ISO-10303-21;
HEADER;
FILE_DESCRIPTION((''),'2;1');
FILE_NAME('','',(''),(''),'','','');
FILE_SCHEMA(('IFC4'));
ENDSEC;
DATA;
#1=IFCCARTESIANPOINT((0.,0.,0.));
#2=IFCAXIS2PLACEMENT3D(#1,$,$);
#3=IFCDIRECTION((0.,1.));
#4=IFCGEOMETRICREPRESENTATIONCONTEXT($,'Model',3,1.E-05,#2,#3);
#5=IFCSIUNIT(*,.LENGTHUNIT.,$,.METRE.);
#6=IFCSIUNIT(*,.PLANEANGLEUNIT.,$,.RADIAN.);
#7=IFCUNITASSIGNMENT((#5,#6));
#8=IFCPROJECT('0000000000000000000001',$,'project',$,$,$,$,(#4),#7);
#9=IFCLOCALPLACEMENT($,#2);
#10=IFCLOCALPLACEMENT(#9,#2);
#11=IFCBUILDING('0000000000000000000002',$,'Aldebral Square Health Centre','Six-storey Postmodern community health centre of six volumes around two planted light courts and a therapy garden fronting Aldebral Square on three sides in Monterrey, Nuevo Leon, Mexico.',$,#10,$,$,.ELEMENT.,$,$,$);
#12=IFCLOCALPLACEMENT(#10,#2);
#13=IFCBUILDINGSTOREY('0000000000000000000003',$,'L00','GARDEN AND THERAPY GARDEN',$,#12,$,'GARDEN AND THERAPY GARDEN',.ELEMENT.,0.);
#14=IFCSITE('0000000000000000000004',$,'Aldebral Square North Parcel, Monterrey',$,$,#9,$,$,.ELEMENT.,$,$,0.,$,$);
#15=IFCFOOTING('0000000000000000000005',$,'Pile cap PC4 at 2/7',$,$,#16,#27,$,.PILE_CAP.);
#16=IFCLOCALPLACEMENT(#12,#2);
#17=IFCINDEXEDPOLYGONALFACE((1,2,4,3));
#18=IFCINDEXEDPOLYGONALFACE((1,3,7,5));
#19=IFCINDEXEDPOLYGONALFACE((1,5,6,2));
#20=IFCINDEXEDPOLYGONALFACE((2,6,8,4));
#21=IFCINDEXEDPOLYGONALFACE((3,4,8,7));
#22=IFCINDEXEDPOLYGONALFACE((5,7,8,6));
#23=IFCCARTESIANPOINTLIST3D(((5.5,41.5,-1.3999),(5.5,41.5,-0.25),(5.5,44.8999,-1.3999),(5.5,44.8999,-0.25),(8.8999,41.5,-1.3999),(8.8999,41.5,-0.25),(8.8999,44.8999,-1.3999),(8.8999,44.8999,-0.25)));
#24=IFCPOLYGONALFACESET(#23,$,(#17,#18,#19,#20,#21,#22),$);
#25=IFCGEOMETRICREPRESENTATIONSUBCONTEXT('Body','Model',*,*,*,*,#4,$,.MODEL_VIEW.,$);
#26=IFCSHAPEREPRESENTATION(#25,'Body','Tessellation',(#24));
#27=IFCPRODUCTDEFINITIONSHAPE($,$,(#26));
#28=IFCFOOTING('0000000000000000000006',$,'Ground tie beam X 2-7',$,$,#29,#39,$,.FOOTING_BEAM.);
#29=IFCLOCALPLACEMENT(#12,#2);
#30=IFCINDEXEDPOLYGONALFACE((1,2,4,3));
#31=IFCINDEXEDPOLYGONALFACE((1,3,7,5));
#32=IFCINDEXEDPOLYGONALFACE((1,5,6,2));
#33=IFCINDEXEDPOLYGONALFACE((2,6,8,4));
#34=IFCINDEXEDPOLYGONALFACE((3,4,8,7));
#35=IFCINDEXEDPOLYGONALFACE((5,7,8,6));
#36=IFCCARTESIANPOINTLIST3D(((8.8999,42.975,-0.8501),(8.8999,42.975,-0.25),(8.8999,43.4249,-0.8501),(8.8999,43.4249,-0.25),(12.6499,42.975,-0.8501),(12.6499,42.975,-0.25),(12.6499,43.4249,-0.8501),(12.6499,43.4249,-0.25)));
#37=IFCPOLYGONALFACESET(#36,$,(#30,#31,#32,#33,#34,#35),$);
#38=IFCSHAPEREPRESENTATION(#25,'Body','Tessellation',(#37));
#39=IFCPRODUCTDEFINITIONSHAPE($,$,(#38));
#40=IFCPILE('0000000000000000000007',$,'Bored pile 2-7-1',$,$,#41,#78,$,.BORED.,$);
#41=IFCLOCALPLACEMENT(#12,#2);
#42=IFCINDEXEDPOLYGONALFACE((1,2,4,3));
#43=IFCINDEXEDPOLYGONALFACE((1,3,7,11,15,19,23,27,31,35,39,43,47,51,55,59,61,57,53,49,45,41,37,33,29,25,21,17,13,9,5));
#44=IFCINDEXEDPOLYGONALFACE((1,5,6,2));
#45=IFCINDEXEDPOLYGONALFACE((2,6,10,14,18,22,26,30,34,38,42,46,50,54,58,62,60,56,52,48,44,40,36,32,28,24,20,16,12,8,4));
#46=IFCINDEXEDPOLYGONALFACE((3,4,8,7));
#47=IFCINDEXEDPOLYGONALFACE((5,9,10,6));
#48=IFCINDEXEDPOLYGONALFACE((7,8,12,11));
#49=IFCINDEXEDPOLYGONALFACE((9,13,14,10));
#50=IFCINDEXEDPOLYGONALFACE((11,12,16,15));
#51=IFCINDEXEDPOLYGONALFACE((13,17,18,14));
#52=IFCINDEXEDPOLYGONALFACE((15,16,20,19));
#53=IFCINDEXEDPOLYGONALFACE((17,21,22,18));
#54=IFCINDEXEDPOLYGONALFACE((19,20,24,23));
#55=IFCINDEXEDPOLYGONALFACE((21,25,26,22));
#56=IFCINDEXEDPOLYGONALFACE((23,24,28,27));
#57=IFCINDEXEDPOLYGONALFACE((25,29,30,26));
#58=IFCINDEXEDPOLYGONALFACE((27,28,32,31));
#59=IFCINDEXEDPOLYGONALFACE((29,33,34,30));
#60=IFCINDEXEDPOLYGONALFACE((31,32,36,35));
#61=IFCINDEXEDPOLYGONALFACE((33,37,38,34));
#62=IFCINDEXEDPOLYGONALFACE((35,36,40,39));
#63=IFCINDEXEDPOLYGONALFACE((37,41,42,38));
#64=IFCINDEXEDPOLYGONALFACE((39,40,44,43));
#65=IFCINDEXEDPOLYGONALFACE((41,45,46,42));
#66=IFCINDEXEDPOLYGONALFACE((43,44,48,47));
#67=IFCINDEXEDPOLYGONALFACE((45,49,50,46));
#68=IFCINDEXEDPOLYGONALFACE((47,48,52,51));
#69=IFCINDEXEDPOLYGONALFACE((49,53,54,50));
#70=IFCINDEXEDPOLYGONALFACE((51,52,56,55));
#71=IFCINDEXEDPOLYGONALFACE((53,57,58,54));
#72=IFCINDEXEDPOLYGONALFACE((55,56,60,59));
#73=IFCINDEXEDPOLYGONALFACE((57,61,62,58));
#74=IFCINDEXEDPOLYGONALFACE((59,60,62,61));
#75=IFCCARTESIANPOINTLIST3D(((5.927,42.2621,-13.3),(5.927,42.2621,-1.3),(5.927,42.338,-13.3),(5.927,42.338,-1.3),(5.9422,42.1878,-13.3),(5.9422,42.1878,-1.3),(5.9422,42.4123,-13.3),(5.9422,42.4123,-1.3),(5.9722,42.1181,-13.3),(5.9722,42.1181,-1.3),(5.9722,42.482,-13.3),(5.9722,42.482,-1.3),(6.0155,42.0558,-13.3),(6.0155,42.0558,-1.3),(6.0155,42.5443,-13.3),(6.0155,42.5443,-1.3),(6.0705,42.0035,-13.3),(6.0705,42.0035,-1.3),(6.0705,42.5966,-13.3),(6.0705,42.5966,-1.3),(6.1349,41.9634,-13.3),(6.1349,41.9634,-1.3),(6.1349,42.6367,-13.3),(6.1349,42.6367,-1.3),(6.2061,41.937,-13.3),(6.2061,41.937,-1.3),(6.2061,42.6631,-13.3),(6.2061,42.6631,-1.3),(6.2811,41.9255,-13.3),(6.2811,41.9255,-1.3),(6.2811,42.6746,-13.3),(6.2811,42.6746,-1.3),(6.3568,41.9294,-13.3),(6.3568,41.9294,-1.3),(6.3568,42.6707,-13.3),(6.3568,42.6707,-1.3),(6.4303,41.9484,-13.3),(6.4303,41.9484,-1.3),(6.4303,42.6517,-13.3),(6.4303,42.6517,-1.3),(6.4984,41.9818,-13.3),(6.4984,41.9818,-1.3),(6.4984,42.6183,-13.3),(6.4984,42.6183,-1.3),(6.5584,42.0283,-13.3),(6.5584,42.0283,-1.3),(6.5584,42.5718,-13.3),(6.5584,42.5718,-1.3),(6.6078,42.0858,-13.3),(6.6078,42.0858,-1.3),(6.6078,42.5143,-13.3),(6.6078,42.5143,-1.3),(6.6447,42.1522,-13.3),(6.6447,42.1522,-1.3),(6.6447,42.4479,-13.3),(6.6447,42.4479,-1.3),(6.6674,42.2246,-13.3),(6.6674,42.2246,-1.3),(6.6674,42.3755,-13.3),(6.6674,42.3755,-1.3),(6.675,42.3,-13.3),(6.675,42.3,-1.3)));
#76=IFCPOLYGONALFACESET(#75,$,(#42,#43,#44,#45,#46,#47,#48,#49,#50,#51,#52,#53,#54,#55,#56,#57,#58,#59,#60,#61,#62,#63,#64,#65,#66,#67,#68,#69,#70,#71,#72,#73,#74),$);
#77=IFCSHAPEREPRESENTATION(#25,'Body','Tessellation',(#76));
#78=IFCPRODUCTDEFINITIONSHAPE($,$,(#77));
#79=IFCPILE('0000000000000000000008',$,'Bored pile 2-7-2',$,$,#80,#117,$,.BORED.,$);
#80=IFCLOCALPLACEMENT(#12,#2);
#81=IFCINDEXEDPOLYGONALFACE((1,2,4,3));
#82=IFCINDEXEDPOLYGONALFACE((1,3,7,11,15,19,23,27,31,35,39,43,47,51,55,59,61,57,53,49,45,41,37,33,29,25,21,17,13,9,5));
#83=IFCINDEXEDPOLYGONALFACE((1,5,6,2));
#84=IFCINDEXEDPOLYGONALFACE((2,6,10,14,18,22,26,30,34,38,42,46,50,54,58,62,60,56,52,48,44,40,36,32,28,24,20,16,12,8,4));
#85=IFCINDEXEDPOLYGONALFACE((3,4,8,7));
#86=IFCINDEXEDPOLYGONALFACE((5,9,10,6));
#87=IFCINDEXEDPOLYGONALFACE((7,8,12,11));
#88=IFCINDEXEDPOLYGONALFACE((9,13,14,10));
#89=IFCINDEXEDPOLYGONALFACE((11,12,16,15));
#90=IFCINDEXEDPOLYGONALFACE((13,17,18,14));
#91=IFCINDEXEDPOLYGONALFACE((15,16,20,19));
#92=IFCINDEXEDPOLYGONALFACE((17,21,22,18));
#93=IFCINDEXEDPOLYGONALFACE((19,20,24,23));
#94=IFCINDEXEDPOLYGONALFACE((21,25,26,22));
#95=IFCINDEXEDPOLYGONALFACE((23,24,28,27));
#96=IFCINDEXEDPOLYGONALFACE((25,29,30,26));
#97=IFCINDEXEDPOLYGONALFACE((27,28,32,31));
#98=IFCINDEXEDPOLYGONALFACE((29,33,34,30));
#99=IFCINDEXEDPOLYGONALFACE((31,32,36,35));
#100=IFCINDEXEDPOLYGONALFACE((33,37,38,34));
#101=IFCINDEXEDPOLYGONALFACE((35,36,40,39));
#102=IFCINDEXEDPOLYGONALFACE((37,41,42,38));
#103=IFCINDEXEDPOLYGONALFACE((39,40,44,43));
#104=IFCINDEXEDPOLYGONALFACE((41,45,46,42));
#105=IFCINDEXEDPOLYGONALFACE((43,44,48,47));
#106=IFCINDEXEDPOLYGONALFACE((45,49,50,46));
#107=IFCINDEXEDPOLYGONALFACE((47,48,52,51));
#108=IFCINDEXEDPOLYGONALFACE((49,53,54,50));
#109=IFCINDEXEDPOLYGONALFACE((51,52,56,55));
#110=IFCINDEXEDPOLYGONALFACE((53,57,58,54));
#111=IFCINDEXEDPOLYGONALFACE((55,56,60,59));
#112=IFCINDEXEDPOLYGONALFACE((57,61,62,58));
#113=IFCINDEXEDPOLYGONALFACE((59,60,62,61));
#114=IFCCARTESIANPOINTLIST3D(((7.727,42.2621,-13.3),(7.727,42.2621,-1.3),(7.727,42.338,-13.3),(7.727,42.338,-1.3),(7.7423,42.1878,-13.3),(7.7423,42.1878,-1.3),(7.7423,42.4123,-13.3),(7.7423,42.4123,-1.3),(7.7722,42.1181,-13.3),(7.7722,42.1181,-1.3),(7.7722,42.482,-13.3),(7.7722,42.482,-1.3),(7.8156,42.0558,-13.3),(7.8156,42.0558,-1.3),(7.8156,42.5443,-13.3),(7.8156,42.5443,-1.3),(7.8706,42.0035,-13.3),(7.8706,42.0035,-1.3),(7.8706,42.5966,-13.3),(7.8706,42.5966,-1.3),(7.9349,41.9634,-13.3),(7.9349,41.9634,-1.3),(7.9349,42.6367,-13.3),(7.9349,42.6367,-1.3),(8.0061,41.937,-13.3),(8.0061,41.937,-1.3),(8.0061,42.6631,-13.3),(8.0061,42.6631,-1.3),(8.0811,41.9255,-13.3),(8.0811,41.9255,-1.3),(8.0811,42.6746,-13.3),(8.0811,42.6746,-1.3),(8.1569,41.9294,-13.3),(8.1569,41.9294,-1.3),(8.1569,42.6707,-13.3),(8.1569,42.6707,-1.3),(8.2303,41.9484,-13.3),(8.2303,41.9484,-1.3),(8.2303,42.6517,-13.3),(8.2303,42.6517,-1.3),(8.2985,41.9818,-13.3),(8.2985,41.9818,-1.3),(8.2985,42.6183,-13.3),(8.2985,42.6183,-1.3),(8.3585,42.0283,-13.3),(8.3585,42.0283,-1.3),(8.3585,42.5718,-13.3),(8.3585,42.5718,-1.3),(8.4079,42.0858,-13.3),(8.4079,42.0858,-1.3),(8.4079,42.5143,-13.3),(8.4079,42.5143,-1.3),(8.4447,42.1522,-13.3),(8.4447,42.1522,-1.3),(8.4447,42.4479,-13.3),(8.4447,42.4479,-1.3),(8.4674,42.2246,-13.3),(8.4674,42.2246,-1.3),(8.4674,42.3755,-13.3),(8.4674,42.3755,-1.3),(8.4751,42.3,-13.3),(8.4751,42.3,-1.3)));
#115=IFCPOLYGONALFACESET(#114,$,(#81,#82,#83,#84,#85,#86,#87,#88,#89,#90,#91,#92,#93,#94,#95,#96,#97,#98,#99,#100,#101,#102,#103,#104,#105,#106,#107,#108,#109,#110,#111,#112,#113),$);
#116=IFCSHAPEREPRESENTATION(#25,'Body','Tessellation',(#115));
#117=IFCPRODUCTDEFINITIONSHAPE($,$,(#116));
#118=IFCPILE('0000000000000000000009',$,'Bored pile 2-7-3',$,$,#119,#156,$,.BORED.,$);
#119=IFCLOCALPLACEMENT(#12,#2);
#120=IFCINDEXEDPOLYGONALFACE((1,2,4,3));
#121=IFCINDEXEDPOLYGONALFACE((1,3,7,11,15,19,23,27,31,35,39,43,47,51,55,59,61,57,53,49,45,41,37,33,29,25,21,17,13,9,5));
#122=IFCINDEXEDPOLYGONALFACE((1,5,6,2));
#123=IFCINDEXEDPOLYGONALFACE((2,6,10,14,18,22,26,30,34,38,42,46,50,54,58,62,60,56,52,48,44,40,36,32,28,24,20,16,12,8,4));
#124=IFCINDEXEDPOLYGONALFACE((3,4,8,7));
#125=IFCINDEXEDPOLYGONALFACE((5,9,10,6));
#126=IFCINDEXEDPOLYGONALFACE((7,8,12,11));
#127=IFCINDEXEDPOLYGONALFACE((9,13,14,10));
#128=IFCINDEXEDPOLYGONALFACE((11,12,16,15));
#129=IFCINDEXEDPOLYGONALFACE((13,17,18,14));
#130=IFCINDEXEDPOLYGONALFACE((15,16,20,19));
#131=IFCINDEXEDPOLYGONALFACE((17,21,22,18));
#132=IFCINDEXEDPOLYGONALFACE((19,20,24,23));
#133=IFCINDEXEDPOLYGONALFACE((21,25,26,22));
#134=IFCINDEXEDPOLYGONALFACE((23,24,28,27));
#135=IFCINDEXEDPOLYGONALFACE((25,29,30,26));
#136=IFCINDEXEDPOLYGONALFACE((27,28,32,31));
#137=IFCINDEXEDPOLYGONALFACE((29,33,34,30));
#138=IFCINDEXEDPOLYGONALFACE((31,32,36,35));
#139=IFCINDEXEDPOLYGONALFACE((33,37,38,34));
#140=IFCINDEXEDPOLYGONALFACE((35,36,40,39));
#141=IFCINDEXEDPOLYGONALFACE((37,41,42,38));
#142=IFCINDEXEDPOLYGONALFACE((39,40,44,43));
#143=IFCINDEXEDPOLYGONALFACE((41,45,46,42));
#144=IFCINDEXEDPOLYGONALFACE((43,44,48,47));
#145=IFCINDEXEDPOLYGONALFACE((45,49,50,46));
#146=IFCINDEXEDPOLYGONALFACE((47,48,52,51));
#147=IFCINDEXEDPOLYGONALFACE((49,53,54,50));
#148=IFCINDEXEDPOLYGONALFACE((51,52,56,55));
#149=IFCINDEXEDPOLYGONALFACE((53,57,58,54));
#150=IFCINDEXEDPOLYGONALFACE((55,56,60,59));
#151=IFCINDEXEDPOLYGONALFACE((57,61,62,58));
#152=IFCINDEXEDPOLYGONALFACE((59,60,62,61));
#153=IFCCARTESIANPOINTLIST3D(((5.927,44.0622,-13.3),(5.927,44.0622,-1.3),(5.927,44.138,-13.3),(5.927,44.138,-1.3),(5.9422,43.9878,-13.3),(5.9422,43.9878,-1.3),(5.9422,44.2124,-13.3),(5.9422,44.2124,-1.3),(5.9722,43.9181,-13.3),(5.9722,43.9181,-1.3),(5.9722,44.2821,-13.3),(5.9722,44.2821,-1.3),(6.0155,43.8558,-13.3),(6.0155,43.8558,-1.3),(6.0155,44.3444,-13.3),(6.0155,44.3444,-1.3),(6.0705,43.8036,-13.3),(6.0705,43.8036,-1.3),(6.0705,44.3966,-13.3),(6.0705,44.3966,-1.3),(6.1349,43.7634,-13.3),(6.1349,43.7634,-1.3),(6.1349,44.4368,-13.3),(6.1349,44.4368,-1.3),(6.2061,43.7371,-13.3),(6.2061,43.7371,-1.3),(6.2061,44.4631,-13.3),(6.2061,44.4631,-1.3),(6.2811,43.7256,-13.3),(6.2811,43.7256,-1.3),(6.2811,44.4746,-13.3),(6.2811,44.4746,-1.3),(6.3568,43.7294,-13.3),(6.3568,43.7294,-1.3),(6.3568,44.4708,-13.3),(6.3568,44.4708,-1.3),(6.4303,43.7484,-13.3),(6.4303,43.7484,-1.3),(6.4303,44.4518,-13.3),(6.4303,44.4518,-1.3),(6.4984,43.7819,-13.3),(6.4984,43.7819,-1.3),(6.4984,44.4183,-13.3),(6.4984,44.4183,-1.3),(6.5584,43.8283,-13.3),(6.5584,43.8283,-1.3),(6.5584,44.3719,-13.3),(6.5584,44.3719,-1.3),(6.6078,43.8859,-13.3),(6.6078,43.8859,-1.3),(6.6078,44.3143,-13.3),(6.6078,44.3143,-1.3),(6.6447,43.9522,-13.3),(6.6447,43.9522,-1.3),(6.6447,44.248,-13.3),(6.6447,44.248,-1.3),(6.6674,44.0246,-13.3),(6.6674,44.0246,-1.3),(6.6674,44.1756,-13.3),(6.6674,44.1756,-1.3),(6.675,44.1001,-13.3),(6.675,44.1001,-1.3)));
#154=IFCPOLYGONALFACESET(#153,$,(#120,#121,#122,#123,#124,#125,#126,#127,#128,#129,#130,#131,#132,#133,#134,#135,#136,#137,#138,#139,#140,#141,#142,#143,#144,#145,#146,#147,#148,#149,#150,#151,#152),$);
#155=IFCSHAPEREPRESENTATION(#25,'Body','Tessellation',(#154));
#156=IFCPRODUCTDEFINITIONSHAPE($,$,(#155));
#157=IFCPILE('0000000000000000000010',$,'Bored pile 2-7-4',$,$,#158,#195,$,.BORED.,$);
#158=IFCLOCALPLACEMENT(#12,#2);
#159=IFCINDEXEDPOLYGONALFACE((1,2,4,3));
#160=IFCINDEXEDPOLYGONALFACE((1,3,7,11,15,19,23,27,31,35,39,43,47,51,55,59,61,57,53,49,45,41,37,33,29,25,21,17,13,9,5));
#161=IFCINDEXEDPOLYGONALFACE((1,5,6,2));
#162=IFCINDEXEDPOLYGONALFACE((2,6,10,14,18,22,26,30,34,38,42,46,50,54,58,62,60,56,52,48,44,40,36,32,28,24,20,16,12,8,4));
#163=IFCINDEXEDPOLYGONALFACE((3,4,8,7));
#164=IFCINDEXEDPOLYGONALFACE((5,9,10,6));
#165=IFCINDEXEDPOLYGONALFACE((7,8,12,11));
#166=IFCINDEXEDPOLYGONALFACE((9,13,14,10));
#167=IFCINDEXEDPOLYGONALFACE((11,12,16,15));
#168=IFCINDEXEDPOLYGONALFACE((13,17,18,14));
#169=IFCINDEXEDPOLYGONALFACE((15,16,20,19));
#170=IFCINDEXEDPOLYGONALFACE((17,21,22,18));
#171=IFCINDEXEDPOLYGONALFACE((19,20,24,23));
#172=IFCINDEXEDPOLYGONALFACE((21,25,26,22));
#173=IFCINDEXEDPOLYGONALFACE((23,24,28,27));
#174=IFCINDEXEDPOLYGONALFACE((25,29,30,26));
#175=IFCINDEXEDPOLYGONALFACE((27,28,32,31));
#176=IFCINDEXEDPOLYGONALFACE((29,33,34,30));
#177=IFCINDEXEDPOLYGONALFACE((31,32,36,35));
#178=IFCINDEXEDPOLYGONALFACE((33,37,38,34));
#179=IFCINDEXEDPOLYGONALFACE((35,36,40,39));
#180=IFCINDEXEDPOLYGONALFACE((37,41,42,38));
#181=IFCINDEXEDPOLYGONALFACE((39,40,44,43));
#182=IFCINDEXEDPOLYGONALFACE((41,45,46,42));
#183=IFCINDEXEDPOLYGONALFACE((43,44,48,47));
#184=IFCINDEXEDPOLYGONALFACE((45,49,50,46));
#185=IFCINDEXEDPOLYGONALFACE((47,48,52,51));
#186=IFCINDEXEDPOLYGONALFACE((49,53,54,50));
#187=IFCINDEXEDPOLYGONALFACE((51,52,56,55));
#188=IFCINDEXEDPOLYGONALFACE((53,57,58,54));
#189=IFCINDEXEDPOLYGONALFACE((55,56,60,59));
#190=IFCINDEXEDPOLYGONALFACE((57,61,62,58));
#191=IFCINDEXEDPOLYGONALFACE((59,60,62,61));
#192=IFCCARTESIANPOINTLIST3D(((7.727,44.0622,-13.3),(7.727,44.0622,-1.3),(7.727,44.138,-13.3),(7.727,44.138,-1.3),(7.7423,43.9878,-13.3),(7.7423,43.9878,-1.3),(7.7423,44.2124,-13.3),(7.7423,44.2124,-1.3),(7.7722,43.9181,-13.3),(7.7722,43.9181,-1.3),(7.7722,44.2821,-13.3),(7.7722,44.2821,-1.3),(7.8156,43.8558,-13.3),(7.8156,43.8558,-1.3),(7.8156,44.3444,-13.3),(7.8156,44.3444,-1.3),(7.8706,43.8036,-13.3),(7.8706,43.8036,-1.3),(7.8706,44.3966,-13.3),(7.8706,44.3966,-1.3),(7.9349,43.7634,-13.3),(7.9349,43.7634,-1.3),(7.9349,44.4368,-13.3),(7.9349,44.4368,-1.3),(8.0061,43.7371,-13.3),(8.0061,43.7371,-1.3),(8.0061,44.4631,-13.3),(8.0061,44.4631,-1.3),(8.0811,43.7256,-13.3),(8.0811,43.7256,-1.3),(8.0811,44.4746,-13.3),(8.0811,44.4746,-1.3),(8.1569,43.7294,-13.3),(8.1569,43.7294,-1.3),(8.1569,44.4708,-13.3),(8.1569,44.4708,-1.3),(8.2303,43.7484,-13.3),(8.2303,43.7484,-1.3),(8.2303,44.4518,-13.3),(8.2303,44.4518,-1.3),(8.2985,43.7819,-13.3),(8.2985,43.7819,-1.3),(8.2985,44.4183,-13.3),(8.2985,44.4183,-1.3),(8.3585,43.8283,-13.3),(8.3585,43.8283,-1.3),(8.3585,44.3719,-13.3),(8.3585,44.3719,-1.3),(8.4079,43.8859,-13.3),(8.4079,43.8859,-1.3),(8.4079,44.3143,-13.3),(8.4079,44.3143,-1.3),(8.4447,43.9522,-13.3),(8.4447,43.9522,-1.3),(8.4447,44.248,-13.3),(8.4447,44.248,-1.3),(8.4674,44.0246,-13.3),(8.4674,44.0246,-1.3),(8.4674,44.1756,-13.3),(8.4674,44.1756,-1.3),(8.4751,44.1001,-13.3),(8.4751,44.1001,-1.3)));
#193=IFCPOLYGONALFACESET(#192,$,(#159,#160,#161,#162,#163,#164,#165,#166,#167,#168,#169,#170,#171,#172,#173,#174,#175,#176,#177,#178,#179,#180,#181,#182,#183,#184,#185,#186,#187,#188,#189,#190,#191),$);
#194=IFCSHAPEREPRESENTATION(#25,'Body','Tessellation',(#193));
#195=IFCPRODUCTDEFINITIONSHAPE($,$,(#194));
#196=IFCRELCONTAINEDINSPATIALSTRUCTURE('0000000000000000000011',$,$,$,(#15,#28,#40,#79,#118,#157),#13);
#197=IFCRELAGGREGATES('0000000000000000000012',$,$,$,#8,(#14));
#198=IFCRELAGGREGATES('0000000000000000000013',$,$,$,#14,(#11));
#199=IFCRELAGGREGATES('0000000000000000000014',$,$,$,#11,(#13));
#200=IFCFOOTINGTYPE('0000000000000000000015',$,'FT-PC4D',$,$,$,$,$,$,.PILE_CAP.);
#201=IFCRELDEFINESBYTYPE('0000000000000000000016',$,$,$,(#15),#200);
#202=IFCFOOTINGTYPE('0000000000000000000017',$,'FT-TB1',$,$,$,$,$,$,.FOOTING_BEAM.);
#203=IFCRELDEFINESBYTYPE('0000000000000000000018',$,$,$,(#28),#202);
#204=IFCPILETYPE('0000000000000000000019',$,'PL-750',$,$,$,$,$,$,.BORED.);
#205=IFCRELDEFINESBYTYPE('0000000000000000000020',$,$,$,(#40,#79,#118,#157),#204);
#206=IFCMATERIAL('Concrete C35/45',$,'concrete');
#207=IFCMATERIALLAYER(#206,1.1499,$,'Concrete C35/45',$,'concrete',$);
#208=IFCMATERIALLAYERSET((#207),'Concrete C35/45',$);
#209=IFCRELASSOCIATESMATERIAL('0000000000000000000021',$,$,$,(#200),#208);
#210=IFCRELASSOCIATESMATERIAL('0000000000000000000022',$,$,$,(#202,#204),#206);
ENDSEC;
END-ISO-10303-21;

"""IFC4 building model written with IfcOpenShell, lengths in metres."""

from ifc_helpers import new_model, si_unit, direction, frame, origin, origin_2d, place, context, subcontext, project, spatial, rectangle, circle, extrude, material, layer, layer_set, material_profile, profile_set, type_object, element, save


model = new_model("IFC4")

# Units and contexts
model_context = context("Model", 3, precision=1e-05, world=origin(), true_north=direction((0.0, 1.0)))
body_context = subcontext(model_context, "Body", "Model", "MODEL_VIEW")
ifc_project = project(units=[si_unit("LENGTHUNIT", "METRE"), si_unit("PLANEANGLEUNIT", "RADIAN")], contexts=[model_context])

# Site, building, storey
site_placement = place(None, origin())
site = spatial("IfcSite", under=ifc_project, at=site_placement, Name="Aldebral Square North Parcel, Monterrey", CompositionType="ELEMENT", RefElevation=0.0)
building_placement = place(site_placement, origin())
building = spatial("IfcBuilding", under=site, at=building_placement, Name="Aldebral Square Health Centre", Description="Six-storey Postmodern community health centre of six volumes around two planted light courts and a therapy garden fronting Aldebral Square on three sides in Monterrey, Nuevo Leon, Mexico.", CompositionType="ELEMENT")
storey_placement = place(building_placement, origin())
storey = spatial("IfcBuildingStorey", under=building, at=storey_placement, Name="L00", Description="GARDEN AND THERAPY GARDEN", LongName="GARDEN AND THERAPY GARDEN", CompositionType="ELEMENT", Elevation=0.0)

# Footings
ifc_material_1 = material(Name="Concrete C35/45", Category="concrete")
ifc_layer_1 = layer(ifc_material_1, 1.1499, Name="Concrete C35/45", Category="concrete")
ifc_layer_set_1 = layer_set([ifc_layer_1], Name="Concrete C35/45")
footing_type_1 = type_object("IfcFootingType", Name="FT-PC4D", PredefinedType="PILE_CAP", material=ifc_layer_set_1)
footing_1_placement = place(storey_placement, frame((7.2, 43.2, -1.3999), z_axis=(0.0, 0.0, 1.0), x_axis=(1.0, 0.0, 0.0)))
element("IfcFooting", 1, at=footing_1_placement, inside=storey, type_object=footing_type_1, Name="Pile cap PC4 at 2/7", PredefinedType="PILE_CAP", context=body_context, shape_type="SweptSolid", body=[
    extrude(rectangle(XDim=3.3999, YDim=3.3999, at=origin_2d()), origin(), (0.0, 0.0, 1.0), 1.1499),
])
ifc_material_profile_1 = material_profile(ifc_material_1, rectangle(XDim=0.45, YDim=0.6001, at=origin_2d()), Name="RC 450x600")
ifc_profile_set_1 = profile_set([ifc_material_profile_1], Name="Concrete C35/45")
footing_type_2 = type_object("IfcFootingType", Name="FT-TB1", PredefinedType="FOOTING_BEAM", material=ifc_profile_set_1)
footing_2_placement = place(storey_placement, frame((8.8999, 43.2, -0.55), z_axis=(1.0, 0.0, 0.0), x_axis=(0.0, 1.0, 0.0)))
element("IfcFooting", 2, at=footing_2_placement, inside=storey, type_object=footing_type_2, Name="Ground tie beam X 2-7", PredefinedType="FOOTING_BEAM", context=body_context, shape_type="SweptSolid", body=[
    extrude(rectangle(XDim=0.45, YDim=0.6001, at=origin_2d()), origin(), (0.0, 0.0, 1.0), 3.75),
])

# Piles
ifc_material_profile_2 = material_profile(ifc_material_1, circle(Radius=0.375, at=origin_2d()), Name="PILE D750")
ifc_profile_set_2 = profile_set([ifc_material_profile_2], Name="Concrete C35/45")
pile_type_1 = type_object("IfcPileType", Name="PL-750", PredefinedType="BORED", material=ifc_profile_set_2)
for number, where, z_axis, x_axis, name in (
    (3, (6.3, 42.3, -1.3), (0.0, 0.0, -1.0), (1.0, 0.0, 0.0), "Bored pile 2-7-1"),
    (4, (8.1001, 42.3, -1.3), (0.0, 0.0, -1.0), (1.0, 0.0, 0.0), "Bored pile 2-7-2"),
    (5, (6.3, 44.1001, -1.3), (0.0, 0.0, -1.0), (1.0, 0.0, 0.0), "Bored pile 2-7-3"),
    (6, (8.1001, 44.1001, -1.3), (0.0, 0.0, -1.0), (1.0, 0.0, 0.0), "Bored pile 2-7-4"),
):
    element("IfcPile", number, at=place(storey_placement, frame(where, z_axis=z_axis, x_axis=x_axis)), inside=storey, type_object=pile_type_1, Name=name, PredefinedType="BORED", context=body_context, shape_type="SweptSolid", body=[
        extrude(circle(Radius=0.375, at=origin_2d()), origin(), (0.0, 0.0, 1.0), 12.0),
    ])

save(model, "model.ifc")
